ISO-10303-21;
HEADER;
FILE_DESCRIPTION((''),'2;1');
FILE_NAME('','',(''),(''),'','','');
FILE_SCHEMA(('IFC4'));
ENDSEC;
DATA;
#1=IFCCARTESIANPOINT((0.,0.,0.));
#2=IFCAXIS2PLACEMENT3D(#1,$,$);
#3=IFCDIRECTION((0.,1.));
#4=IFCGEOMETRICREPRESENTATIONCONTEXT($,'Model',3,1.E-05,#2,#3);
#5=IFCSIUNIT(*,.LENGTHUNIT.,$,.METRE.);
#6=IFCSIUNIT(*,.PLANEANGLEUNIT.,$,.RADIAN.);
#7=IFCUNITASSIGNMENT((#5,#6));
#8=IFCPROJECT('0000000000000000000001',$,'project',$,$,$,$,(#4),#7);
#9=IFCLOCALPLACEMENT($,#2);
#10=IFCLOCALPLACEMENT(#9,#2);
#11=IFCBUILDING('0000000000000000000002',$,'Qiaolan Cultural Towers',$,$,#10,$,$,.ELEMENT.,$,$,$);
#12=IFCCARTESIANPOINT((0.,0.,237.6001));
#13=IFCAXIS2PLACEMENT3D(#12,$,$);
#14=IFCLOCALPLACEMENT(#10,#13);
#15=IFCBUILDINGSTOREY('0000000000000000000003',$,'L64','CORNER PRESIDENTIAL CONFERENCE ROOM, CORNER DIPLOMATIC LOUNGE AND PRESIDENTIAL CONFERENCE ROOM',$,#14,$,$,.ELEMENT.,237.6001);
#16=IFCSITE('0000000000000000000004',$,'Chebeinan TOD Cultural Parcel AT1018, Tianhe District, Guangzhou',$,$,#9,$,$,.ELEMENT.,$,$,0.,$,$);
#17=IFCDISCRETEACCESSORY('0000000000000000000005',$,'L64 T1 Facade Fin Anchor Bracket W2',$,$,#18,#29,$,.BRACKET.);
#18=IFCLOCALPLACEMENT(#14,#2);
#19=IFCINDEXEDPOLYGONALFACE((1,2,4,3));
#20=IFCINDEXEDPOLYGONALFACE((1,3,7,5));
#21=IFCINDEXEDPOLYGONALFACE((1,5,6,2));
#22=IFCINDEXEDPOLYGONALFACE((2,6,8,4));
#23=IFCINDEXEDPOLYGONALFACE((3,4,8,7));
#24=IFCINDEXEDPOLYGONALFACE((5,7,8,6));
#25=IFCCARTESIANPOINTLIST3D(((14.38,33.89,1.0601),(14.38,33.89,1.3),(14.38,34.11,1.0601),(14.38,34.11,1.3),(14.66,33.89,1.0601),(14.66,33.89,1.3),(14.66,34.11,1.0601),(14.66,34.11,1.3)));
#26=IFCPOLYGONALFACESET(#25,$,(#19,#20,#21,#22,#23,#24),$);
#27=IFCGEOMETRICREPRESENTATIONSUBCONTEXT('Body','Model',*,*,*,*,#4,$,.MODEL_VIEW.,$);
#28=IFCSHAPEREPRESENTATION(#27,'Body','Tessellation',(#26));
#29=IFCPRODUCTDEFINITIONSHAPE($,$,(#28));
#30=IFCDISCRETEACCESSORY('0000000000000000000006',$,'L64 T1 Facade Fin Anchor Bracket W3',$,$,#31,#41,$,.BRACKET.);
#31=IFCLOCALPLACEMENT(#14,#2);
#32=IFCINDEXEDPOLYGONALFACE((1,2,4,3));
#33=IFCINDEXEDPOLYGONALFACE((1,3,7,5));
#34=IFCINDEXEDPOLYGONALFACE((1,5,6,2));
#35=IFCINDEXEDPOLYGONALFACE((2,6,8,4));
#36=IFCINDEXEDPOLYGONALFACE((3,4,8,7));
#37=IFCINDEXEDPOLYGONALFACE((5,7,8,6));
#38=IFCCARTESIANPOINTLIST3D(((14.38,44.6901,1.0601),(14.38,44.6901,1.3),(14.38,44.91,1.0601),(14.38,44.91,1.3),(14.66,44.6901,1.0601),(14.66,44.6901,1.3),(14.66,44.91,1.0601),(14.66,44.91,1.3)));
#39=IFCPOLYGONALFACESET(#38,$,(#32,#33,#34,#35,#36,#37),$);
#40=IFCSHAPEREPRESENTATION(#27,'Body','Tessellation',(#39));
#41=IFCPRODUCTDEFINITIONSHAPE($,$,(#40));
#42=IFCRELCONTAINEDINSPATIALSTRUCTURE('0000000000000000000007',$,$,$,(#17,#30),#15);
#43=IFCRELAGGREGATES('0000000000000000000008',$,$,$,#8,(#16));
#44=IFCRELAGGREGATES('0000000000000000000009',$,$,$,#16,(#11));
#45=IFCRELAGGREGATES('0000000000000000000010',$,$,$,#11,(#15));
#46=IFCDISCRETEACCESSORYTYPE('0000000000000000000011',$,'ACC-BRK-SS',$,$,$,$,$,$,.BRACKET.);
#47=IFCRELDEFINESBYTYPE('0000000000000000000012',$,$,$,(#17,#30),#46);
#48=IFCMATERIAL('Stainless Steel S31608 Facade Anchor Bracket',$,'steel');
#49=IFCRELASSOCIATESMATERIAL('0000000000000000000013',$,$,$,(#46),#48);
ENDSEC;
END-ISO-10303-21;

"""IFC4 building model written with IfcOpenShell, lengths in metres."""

from ifc_helpers import new_model, si_unit, direction, frame, origin, origin_2d, place, context, subcontext, project, spatial, rectangle, extrude, material, type_object, element, save


model = new_model("IFC4")

# Units and contexts
model_context = context("Model", 3, precision=1e-05, world=origin(), true_north=direction((0.0, 1.0)))
body_context = subcontext(model_context, "Body", "Model", "MODEL_VIEW")
ifc_project = project(units=[si_unit("LENGTHUNIT", "METRE"), si_unit("PLANEANGLEUNIT", "RADIAN")], contexts=[model_context])

# Site, building, storey
site_placement = place(None, origin())
site = spatial("IfcSite", under=ifc_project, at=site_placement, Name="Chebeinan TOD Cultural Parcel AT1018, Tianhe District, Guangzhou", CompositionType="ELEMENT", RefElevation=0.0)
building_placement = place(site_placement, origin())
building = spatial("IfcBuilding", under=site, at=building_placement, Name="Qiaolan Cultural Towers", CompositionType="ELEMENT")
storey_placement = place(building_placement, frame((0.0, 0.0, 237.6001)))
storey = spatial("IfcBuildingStorey", under=building, at=storey_placement, Name="L64", Description="CORNER PRESIDENTIAL CONFERENCE ROOM, CORNER DIPLOMATIC LOUNGE AND PRESIDENTIAL CONFERENCE ROOM", CompositionType="ELEMENT", Elevation=237.6001)

# Discrete accessories
ifc_material_1 = material(Name="Stainless Steel S31608 Facade Anchor Bracket", Category="steel")
discrete_accessory_type = type_object("IfcDiscreteAccessoryType", Name="ACC-BRK-SS", PredefinedType="BRACKET", material=ifc_material_1)
for number, where, z_axis, x_axis, name in (
    (1, (14.52, 34.0, 1.0601), (0.0, 0.0, 1.0), (1.0, 0.0, 0.0), "L64 T1 Facade Fin Anchor Bracket W2"),
    (2, (14.52, 44.8, 1.0601), (0.0, 0.0, 1.0), (1.0, 0.0, 0.0), "L64 T1 Facade Fin Anchor Bracket W3"),
):
    element("IfcDiscreteAccessory", number, at=place(storey_placement, frame(where, z_axis=z_axis, x_axis=x_axis)), inside=storey, type_object=discrete_accessory_type, Name=name, PredefinedType="BRACKET", context=body_context, shape_type="SweptSolid", body=[
        extrude(rectangle(XDim=0.28, YDim=0.22, at=origin_2d()), origin(), (0.0, 0.0, 1.0), 0.24),
    ])

save(model, "model.ifc")
